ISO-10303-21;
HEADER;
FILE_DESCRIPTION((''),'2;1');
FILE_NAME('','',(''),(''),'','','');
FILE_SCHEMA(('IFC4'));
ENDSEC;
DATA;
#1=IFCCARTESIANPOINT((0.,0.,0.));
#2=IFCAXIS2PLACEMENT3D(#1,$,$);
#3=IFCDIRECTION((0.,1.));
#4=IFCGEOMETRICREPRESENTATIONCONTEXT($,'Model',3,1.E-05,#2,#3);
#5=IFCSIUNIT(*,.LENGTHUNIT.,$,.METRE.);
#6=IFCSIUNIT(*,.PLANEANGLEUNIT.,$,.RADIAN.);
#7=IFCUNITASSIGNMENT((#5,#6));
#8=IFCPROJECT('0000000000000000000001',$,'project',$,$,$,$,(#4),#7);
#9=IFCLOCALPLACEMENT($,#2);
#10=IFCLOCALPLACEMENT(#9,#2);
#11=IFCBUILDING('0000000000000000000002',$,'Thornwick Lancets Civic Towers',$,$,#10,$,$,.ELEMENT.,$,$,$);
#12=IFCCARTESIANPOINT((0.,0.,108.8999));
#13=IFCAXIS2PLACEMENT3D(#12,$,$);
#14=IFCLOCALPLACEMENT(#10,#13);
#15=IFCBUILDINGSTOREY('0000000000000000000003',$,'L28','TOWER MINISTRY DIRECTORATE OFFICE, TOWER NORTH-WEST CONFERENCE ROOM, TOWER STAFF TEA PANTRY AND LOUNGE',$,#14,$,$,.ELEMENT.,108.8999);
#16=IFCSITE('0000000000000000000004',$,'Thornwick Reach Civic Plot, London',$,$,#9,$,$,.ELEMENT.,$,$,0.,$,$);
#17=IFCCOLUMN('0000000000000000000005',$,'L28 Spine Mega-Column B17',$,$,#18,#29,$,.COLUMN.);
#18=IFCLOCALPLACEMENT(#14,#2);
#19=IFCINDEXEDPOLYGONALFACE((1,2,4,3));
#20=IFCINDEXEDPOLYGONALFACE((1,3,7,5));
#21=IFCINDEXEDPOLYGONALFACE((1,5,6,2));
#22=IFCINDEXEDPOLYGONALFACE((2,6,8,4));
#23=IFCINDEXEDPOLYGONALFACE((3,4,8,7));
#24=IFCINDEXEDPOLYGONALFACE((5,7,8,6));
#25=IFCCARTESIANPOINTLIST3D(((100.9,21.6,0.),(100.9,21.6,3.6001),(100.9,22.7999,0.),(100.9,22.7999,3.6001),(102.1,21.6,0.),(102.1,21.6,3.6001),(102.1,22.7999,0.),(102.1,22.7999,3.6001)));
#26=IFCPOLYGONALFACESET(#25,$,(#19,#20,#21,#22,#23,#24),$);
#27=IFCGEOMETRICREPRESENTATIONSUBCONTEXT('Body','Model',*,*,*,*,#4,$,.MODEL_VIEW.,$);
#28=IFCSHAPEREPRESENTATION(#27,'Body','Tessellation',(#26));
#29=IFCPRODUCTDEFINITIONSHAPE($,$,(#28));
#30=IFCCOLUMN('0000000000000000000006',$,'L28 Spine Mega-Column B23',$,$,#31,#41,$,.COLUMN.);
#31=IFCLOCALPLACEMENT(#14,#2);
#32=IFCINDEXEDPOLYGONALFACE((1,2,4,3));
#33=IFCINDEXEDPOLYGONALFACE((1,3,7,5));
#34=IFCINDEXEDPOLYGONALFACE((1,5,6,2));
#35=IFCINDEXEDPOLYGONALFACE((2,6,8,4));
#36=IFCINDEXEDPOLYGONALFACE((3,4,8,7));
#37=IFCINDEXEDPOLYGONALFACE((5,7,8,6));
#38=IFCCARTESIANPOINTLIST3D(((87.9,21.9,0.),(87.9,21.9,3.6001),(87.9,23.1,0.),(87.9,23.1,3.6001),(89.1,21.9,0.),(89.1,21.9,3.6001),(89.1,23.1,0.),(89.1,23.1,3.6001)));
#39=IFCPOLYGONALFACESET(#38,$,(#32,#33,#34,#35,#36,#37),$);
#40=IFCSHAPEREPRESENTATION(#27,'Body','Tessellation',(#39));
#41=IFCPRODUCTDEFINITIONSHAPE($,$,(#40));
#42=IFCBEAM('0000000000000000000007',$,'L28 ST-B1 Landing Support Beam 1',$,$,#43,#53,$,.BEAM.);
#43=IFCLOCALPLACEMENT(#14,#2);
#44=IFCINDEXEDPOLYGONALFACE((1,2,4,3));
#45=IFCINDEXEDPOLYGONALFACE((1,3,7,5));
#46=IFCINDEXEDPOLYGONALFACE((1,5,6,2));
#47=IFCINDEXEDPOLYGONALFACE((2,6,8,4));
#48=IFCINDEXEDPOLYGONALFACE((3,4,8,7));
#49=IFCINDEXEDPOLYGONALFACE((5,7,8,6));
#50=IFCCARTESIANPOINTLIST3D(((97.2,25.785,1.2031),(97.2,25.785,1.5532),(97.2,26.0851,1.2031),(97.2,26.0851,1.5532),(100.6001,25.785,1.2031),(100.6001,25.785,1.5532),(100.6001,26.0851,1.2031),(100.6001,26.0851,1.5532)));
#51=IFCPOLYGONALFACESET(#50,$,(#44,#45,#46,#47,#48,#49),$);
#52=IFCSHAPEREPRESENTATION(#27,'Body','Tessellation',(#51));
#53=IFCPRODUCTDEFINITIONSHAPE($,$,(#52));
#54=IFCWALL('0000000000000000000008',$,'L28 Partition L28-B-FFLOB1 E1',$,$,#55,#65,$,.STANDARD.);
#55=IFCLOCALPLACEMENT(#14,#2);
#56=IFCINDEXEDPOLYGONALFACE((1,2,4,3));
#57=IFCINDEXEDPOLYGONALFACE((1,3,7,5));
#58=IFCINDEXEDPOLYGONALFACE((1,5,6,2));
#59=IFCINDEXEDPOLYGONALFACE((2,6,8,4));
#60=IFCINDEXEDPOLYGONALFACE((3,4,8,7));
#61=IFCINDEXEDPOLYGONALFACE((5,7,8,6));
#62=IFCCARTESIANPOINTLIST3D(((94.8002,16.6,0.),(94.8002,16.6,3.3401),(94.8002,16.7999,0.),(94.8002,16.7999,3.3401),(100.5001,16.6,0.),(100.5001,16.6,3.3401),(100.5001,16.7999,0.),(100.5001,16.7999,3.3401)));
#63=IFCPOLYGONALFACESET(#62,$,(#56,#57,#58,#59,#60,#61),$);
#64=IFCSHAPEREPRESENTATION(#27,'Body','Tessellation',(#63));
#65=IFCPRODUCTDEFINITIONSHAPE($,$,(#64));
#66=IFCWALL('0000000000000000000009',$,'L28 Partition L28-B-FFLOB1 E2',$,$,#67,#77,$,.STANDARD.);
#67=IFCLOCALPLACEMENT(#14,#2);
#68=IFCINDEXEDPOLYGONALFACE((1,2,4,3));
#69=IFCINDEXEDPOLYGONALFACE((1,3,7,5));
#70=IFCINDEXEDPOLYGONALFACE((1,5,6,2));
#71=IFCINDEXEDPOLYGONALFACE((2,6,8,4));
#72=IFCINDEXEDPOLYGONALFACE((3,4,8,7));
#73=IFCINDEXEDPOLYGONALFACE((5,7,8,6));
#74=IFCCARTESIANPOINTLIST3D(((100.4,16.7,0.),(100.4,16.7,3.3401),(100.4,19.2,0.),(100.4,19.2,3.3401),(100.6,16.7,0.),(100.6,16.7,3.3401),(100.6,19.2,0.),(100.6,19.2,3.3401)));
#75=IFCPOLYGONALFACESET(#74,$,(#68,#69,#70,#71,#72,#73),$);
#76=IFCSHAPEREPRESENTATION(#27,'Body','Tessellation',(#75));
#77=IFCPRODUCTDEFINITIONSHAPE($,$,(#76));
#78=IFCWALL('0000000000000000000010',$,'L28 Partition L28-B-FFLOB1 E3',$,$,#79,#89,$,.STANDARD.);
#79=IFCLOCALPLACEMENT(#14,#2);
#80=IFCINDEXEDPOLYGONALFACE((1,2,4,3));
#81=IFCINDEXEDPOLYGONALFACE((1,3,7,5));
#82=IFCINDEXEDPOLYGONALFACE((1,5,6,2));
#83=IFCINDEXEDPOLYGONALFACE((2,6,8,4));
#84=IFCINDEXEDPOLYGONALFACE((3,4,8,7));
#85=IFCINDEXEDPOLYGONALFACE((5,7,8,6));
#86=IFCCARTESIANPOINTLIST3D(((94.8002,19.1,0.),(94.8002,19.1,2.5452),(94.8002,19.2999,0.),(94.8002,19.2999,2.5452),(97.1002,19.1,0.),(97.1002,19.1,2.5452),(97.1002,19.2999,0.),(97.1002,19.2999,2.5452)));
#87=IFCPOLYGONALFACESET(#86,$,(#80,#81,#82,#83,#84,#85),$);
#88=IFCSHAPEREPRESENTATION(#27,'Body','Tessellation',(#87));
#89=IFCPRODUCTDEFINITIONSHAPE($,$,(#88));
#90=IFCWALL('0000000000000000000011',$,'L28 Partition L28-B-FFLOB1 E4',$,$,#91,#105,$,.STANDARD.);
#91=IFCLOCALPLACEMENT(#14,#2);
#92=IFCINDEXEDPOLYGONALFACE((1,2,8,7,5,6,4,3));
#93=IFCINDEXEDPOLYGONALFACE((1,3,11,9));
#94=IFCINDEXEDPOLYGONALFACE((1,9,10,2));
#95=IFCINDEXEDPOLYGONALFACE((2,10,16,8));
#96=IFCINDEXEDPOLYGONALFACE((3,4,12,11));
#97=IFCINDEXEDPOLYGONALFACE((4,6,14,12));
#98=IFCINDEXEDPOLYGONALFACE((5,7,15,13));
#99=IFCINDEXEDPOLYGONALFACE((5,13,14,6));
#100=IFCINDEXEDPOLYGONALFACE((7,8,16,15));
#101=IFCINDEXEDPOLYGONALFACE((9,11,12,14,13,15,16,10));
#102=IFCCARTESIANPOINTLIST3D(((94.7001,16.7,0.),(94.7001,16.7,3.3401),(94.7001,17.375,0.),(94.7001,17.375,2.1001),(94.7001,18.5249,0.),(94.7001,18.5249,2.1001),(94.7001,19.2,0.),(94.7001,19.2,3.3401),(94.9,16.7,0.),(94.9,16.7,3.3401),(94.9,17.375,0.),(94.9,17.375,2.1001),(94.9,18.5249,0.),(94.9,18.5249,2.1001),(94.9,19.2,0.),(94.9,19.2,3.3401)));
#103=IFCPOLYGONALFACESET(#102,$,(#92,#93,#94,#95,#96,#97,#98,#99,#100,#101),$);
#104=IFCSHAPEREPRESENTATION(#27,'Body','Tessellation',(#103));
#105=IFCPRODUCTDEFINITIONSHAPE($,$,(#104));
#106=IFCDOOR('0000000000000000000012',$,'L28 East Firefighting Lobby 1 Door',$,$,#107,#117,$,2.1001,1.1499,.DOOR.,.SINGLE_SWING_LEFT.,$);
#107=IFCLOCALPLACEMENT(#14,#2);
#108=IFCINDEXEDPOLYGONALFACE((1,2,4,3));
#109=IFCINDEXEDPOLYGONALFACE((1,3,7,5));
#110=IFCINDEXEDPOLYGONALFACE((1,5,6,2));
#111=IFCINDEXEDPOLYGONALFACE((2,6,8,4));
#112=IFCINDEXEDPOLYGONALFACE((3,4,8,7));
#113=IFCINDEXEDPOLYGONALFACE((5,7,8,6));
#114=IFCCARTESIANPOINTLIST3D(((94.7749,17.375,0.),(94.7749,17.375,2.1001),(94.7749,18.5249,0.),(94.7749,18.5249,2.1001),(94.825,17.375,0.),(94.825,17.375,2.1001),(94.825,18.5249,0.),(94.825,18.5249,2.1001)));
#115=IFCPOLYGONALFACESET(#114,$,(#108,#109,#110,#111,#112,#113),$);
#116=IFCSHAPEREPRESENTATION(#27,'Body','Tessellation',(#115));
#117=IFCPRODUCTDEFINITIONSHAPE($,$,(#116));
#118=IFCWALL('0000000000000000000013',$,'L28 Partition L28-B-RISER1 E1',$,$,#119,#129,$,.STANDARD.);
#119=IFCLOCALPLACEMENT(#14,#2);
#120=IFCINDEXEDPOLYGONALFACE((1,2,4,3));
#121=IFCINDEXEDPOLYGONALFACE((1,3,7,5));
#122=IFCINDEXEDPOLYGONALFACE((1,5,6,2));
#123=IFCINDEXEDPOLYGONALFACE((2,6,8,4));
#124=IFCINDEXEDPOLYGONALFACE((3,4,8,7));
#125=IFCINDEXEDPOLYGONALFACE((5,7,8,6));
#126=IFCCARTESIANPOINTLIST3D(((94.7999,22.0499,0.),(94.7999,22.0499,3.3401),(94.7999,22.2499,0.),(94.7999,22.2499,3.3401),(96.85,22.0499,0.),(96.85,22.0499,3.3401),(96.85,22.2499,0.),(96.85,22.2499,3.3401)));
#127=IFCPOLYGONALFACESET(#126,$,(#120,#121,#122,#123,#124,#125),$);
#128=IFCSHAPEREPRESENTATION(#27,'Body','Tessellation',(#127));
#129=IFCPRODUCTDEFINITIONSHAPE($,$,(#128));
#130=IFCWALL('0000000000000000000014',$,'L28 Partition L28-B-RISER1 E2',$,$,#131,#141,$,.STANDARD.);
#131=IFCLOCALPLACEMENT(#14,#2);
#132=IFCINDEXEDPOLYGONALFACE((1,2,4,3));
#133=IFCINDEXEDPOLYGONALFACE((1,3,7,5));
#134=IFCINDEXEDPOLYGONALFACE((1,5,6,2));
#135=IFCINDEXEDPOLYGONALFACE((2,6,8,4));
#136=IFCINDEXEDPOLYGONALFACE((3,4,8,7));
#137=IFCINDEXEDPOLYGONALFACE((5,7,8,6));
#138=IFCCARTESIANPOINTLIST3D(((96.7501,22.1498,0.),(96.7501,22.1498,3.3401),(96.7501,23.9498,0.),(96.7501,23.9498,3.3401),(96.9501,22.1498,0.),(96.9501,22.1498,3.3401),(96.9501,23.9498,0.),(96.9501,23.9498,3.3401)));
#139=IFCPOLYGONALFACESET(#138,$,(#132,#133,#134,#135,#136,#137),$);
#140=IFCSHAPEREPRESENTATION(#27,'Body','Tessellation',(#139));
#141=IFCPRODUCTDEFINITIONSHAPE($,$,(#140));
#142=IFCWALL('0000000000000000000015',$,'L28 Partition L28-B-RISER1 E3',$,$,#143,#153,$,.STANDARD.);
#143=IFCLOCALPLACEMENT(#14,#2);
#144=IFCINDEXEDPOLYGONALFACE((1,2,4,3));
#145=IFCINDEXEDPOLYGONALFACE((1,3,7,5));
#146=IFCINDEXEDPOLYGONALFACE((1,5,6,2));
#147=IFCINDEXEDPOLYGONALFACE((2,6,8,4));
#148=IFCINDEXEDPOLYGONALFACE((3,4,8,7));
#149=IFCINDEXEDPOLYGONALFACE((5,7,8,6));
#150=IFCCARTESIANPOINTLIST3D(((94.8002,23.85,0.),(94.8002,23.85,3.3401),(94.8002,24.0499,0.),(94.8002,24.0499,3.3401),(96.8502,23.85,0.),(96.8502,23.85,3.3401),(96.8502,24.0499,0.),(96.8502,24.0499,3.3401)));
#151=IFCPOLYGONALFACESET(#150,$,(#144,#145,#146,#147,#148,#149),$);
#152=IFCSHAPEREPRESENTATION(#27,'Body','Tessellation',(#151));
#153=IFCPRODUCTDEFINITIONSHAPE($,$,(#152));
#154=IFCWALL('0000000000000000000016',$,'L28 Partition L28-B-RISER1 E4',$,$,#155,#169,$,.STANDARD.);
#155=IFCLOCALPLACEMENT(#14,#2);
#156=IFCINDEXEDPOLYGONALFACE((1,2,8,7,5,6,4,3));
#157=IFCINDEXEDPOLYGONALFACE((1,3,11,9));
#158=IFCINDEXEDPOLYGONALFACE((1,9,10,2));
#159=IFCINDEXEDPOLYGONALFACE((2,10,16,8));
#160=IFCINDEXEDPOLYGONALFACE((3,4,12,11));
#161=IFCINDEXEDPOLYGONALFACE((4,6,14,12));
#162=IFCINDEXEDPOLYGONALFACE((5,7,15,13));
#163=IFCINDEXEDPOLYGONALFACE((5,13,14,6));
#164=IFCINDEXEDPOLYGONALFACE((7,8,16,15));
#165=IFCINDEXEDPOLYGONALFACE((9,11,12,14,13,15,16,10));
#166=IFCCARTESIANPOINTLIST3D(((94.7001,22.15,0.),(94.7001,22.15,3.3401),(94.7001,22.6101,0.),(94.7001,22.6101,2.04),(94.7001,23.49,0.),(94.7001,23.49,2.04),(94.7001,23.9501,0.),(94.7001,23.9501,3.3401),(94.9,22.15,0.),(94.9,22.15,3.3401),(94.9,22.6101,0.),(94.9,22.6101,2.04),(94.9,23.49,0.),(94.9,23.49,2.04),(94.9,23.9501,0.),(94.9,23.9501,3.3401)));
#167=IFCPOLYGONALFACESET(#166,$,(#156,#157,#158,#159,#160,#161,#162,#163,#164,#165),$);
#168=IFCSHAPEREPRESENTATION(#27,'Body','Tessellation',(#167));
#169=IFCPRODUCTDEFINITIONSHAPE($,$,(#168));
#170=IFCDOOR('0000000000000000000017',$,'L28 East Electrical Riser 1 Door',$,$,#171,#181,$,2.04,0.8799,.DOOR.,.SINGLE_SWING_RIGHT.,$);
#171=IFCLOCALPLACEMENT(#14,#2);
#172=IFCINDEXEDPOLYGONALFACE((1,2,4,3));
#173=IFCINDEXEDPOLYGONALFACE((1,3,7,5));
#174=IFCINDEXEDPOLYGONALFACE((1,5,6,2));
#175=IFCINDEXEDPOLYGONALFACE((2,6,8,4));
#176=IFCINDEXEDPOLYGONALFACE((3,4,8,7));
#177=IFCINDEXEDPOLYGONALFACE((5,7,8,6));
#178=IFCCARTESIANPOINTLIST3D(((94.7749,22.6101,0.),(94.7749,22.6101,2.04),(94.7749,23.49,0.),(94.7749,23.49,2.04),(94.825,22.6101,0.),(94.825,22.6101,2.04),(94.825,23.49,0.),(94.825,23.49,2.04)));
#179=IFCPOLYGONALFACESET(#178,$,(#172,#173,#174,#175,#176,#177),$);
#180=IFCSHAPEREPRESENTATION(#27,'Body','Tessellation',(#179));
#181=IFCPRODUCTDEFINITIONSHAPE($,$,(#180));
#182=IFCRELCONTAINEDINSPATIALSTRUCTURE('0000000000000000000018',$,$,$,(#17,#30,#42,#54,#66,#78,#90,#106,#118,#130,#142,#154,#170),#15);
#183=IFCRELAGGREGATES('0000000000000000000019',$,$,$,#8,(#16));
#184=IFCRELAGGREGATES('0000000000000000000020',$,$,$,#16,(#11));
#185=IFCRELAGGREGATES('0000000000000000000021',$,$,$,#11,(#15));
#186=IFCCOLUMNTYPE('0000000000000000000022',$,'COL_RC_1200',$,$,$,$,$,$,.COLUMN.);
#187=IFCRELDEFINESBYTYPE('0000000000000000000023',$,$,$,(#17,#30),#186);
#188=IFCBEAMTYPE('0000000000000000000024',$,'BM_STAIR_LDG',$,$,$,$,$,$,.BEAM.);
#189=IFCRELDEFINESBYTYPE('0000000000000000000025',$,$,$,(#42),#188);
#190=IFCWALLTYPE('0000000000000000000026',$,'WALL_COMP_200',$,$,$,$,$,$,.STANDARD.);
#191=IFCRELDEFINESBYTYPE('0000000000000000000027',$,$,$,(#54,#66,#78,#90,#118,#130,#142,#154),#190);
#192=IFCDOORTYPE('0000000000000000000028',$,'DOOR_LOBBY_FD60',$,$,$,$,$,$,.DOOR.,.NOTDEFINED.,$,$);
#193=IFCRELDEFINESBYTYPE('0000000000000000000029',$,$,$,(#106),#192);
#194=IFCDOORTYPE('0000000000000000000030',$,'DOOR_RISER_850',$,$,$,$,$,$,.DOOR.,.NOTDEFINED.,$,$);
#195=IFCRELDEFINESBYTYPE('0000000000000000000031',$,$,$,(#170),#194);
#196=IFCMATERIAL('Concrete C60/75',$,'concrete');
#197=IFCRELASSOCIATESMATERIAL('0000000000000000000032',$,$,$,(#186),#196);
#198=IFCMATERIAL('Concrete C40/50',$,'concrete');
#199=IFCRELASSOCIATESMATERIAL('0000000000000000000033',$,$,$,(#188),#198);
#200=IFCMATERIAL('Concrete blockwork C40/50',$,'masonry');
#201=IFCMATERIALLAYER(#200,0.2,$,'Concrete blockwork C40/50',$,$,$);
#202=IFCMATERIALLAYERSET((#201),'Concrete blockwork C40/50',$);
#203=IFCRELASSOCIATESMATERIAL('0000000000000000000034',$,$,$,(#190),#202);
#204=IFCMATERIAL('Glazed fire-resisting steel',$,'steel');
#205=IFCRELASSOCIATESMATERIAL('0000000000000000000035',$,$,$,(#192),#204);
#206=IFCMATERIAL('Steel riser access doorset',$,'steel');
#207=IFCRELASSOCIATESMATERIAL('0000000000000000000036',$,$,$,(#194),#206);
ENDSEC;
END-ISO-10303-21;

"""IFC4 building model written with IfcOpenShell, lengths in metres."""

from ifc_helpers import new_model, si_unit, direction, frame, frame_2d, origin, origin_2d, place, context, subcontext, project, spatial, rectangle, extrude, material, layer, layer_set, material_profile, profile_set, type_object, element, fill, save


model = new_model("IFC4")

# Units and contexts
model_context = context("Model", 3, precision=1e-05, world=origin(), true_north=direction((0.0, 1.0)))
body_context = subcontext(model_context, "Body", "Model", "MODEL_VIEW")
ifc_project = project(units=[si_unit("LENGTHUNIT", "METRE"), si_unit("PLANEANGLEUNIT", "RADIAN")], contexts=[model_context])

# Site, building, storey
site_placement = place(None, origin())
site = spatial("IfcSite", under=ifc_project, at=site_placement, Name="Thornwick Reach Civic Plot, London", CompositionType="ELEMENT", RefElevation=0.0)
building_placement = place(site_placement, origin())
building = spatial("IfcBuilding", under=site, at=building_placement, Name="Thornwick Lancets Civic Towers", CompositionType="ELEMENT")
storey_placement = place(building_placement, frame((0.0, 0.0, 108.8999)))
storey = spatial("IfcBuildingStorey", under=building, at=storey_placement, Name="L28", Description="TOWER MINISTRY DIRECTORATE OFFICE, TOWER NORTH-WEST CONFERENCE ROOM, TOWER STAFF TEA PANTRY AND LOUNGE", CompositionType="ELEMENT", Elevation=108.8999)

# Columns
ifc_material_1 = material(Name="Concrete C60/75", Category="concrete")
ifc_material_profile_1 = material_profile(ifc_material_1, rectangle(XDim=1.2, YDim=1.2, at=origin_2d()), Name="RC 1200x1200")
ifc_profile_set_1 = profile_set([ifc_material_profile_1], Name="Concrete C60/75")
column_type = type_object("IfcColumnType", Name="COL_RC_1200", PredefinedType="COLUMN", material=ifc_profile_set_1)
for number, where, z_axis, x_axis, name in (
    (1, (101.5, 22.2, 0.0), (0.0, 0.0, 1.0), (1.0, 0.0, 0.0), "L28 Spine Mega-Column B17"),
    (2, (88.5, 22.5, 0.0), (0.0, 0.0, 1.0), (1.0, 0.0, 0.0), "L28 Spine Mega-Column B23"),
):
    element("IfcColumn", number, at=place(storey_placement, frame(where, z_axis=z_axis, x_axis=x_axis)), inside=storey, type_object=column_type, Name=name, PredefinedType="COLUMN", context=body_context, shape_type="SweptSolid", body=[
        extrude(rectangle(XDim=1.2, YDim=1.2, at=origin_2d()), origin(), (0.0, 0.0, 1.0), 3.6001),
    ])

# Beam
ifc_material_2 = material(Name="Concrete C40/50", Category="concrete")
ifc_material_profile_2 = material_profile(ifc_material_2, rectangle(XDim=0.3, YDim=0.3501, at=origin_2d()), Name="RC 300x350")
ifc_profile_set_2 = profile_set([ifc_material_profile_2], Name="Concrete C40/50")
beam_type = type_object("IfcBeamType", Name="BM_STAIR_LDG", PredefinedType="BEAM", material=ifc_profile_set_2)
beam_placement = place(storey_placement, frame((100.6001, 25.9351, 1.3782), z_axis=(-1.0, 0.0, 0.0), x_axis=(0.0, -1.0, 0.0)))
element("IfcBeam", 3, at=beam_placement, inside=storey, type_object=beam_type, Name="L28 ST-B1 Landing Support Beam 1", PredefinedType="BEAM", context=body_context, shape_type="SweptSolid", body=[
    extrude(rectangle(XDim=0.3, YDim=0.3501, at=origin_2d()), origin(), (0.0, 0.0, 1.0), 3.4001),
])

# Walls
ifc_material_3 = material(Name="Concrete blockwork C40/50", Category="masonry")
ifc_layer_1 = layer(ifc_material_3, 0.2, Name="Concrete blockwork C40/50")
ifc_layer_set_1 = layer_set([ifc_layer_1], Name="Concrete blockwork C40/50")
wall_type_1 = type_object("IfcWallType", Name="WALL_COMP_200", PredefinedType="STANDARD", material=ifc_layer_set_1)
wall_1_placement = place(storey_placement, frame((94.8, 16.7, 0.0), z_axis=(0.0, 0.0, 1.0), x_axis=(1.0, 0.0, 0.0)))
element("IfcWall", 4, at=wall_1_placement, inside=storey, type_object=wall_type_1, Name="L28 Partition L28-B-FFLOB1 E1", PredefinedType="STANDARD", context=body_context, shape_type="SweptSolid", body=[
    extrude(rectangle(XDim=5.7, YDim=0.2, at=frame_2d((2.8501, 0.0))), origin(), (0.0, 0.0, 1.0), 3.3401),
])
wall_2_placement = place(storey_placement, frame((100.5, 16.7, 0.0), z_axis=(0.0, 0.0, 1.0), x_axis=(0.0, 1.0, 0.0)))
element("IfcWall", 5, at=wall_2_placement, inside=storey, type_object=wall_type_1, Name="L28 Partition L28-B-FFLOB1 E2", PredefinedType="STANDARD", context=body_context, shape_type="SweptSolid", body=[
    extrude(rectangle(XDim=2.5, YDim=0.2, at=frame_2d((1.25, 0.0))), origin(), (0.0, 0.0, 1.0), 3.3401),
])
wall_3_placement = place(storey_placement, frame((97.1001, 19.2, 0.0), z_axis=(0.0, 0.0, 1.0), x_axis=(-1.0, 0.0, 0.0)))
element("IfcWall", 6, at=wall_3_placement, inside=storey, type_object=wall_type_1, Name="L28 Partition L28-B-FFLOB1 E3", PredefinedType="STANDARD", context=body_context, shape_type="SweptSolid", body=[
    extrude(rectangle(XDim=2.3, YDim=0.2, at=frame_2d((1.1499, 0.0))), origin(), (0.0, 0.0, 1.0), 2.5452),
])

# Wall, opening, door
wall_4_placement = place(storey_placement, frame((94.8, 19.2, 0.0), z_axis=(0.0, 0.0, 1.0), x_axis=(0.0, -1.0, 0.0)))
wall_4 = element("IfcWall", 7, at=wall_4_placement, inside=storey, type_object=wall_type_1, Name="L28 Partition L28-B-FFLOB1 E4", PredefinedType="STANDARD", context=body_context, shape_type="SweptSolid", body=[
    extrude(rectangle(XDim=2.5, YDim=0.2, at=frame_2d((1.25, 0.0))), origin(), (0.0, 0.0, 1.0), 3.3401),
])
opening_1_placement = place(wall_4_placement, frame((0.675, 0.0, 0.0)))
opening_1 = element("IfcOpeningElement", 8, at=opening_1_placement, cuts=wall_4, PredefinedType="OPENING", context=body_context, shape_type="SweptSolid", body=[
    extrude(rectangle(XDim=1.1499, YDim=2.1001, at=frame_2d((0.575, 1.05))), frame((0.0, 0.1099, 0.0), z_axis=(0.0, -1.0, 0.0), x_axis=(1.0, 0.0, 0.0)), (0.0, 0.0, 1.0), 0.22),
])
ifc_material_4 = material(Name="Glazed fire-resisting steel", Category="steel")
door_type_1 = type_object("IfcDoorType", Name="DOOR_LOBBY_FD60", OperationType="NOTDEFINED", PredefinedType="DOOR", material=ifc_material_4)
door_1_placement = place(opening_1_placement, origin())
door_1 = element("IfcDoor", 9, at=door_1_placement, inside=storey, type_object=door_type_1, Name="L28 East Firefighting Lobby 1 Door", OperationType="SINGLE_SWING_LEFT", OverallHeight=2.1001, OverallWidth=1.1499, PredefinedType="DOOR", context=body_context, shape_type="SweptSolid", body=[
    extrude(rectangle(XDim=1.1499, YDim=2.1001, at=frame_2d((0.575, 1.05))), frame((0.0, 0.0249, 0.0), z_axis=(0.0, -1.0, 0.0), x_axis=(1.0, 0.0, 0.0)), (0.0, 0.0, 1.0), 0.05),
])
fill(opening_1, door_1)

# Walls
wall_5_placement = place(storey_placement, frame((94.8, 22.1499, 0.0), z_axis=(0.0, 0.0, 1.0), x_axis=(1.0, 0.0, 0.0)))
element("IfcWall", 10, at=wall_5_placement, inside=storey, type_object=wall_type_1, Name="L28 Partition L28-B-RISER1 E1", PredefinedType="STANDARD", context=body_context, shape_type="SweptSolid", body=[
    extrude(rectangle(XDim=2.05, YDim=0.2, at=frame_2d((1.0249, 0.0))), origin(), (0.0, 0.0, 1.0), 3.3401),
])
wall_6_placement = place(storey_placement, frame((96.8501, 22.1499, 0.0), z_axis=(0.0, 0.0, 1.0), x_axis=(0.0, 1.0, 0.0)))
element("IfcWall", 11, at=wall_6_placement, inside=storey, type_object=wall_type_1, Name="L28 Partition L28-B-RISER1 E2", PredefinedType="STANDARD", context=body_context, shape_type="SweptSolid", body=[
    extrude(rectangle(XDim=1.8, YDim=0.2, at=frame_2d((0.8999, 0.0))), origin(), (0.0, 0.0, 1.0), 3.3401),
])
wall_7_placement = place(storey_placement, frame((96.8501, 23.95, 0.0), z_axis=(0.0, 0.0, 1.0), x_axis=(-1.0, 0.0, 0.0)))
element("IfcWall", 12, at=wall_7_placement, inside=storey, type_object=wall_type_1, Name="L28 Partition L28-B-RISER1 E3", PredefinedType="STANDARD", context=body_context, shape_type="SweptSolid", body=[
    extrude(rectangle(XDim=2.05, YDim=0.2, at=frame_2d((1.0249, 0.0))), origin(), (0.0, 0.0, 1.0), 3.3401),
])

# Wall, opening, door
wall_8_placement = place(storey_placement, frame((94.8, 23.95, 0.0), z_axis=(0.0, 0.0, 1.0), x_axis=(0.0, -1.0, 0.0)))
wall_8 = element("IfcWall", 13, at=wall_8_placement, inside=storey, type_object=wall_type_1, Name="L28 Partition L28-B-RISER1 E4", PredefinedType="STANDARD", context=body_context, shape_type="SweptSolid", body=[
    extrude(rectangle(XDim=1.8, YDim=0.2, at=frame_2d((0.8999, 0.0))), origin(), (0.0, 0.0, 1.0), 3.3401),
])
opening_2_placement = place(wall_8_placement, frame((0.46, 0.0, 0.0)))
opening_2 = element("IfcOpeningElement", 14, at=opening_2_placement, cuts=wall_8, PredefinedType="OPENING", context=body_context, shape_type="SweptSolid", body=[
    extrude(rectangle(XDim=0.8799, YDim=2.04, at=frame_2d((0.4399, 1.02))), frame((0.0, 0.1099, 0.0), z_axis=(0.0, -1.0, 0.0), x_axis=(1.0, 0.0, 0.0)), (0.0, 0.0, 1.0), 0.22),
])
ifc_material_5 = material(Name="Steel riser access doorset", Category="steel")
door_type_2 = type_object("IfcDoorType", Name="DOOR_RISER_850", OperationType="NOTDEFINED", PredefinedType="DOOR", material=ifc_material_5)
door_2_placement = place(opening_2_placement, origin())
door_2 = element("IfcDoor", 15, at=door_2_placement, inside=storey, type_object=door_type_2, Name="L28 East Electrical Riser 1 Door", OperationType="SINGLE_SWING_RIGHT", OverallHeight=2.04, OverallWidth=0.8799, PredefinedType="DOOR", context=body_context, shape_type="SweptSolid", body=[
    extrude(rectangle(XDim=0.8799, YDim=2.04, at=frame_2d((0.4399, 1.02))), frame((0.0, 0.0249, 0.0), z_axis=(0.0, -1.0, 0.0), x_axis=(1.0, 0.0, 0.0)), (0.0, 0.0, 1.0), 0.05),
])
fill(opening_2, door_2)

save(model, "model.ifc")
